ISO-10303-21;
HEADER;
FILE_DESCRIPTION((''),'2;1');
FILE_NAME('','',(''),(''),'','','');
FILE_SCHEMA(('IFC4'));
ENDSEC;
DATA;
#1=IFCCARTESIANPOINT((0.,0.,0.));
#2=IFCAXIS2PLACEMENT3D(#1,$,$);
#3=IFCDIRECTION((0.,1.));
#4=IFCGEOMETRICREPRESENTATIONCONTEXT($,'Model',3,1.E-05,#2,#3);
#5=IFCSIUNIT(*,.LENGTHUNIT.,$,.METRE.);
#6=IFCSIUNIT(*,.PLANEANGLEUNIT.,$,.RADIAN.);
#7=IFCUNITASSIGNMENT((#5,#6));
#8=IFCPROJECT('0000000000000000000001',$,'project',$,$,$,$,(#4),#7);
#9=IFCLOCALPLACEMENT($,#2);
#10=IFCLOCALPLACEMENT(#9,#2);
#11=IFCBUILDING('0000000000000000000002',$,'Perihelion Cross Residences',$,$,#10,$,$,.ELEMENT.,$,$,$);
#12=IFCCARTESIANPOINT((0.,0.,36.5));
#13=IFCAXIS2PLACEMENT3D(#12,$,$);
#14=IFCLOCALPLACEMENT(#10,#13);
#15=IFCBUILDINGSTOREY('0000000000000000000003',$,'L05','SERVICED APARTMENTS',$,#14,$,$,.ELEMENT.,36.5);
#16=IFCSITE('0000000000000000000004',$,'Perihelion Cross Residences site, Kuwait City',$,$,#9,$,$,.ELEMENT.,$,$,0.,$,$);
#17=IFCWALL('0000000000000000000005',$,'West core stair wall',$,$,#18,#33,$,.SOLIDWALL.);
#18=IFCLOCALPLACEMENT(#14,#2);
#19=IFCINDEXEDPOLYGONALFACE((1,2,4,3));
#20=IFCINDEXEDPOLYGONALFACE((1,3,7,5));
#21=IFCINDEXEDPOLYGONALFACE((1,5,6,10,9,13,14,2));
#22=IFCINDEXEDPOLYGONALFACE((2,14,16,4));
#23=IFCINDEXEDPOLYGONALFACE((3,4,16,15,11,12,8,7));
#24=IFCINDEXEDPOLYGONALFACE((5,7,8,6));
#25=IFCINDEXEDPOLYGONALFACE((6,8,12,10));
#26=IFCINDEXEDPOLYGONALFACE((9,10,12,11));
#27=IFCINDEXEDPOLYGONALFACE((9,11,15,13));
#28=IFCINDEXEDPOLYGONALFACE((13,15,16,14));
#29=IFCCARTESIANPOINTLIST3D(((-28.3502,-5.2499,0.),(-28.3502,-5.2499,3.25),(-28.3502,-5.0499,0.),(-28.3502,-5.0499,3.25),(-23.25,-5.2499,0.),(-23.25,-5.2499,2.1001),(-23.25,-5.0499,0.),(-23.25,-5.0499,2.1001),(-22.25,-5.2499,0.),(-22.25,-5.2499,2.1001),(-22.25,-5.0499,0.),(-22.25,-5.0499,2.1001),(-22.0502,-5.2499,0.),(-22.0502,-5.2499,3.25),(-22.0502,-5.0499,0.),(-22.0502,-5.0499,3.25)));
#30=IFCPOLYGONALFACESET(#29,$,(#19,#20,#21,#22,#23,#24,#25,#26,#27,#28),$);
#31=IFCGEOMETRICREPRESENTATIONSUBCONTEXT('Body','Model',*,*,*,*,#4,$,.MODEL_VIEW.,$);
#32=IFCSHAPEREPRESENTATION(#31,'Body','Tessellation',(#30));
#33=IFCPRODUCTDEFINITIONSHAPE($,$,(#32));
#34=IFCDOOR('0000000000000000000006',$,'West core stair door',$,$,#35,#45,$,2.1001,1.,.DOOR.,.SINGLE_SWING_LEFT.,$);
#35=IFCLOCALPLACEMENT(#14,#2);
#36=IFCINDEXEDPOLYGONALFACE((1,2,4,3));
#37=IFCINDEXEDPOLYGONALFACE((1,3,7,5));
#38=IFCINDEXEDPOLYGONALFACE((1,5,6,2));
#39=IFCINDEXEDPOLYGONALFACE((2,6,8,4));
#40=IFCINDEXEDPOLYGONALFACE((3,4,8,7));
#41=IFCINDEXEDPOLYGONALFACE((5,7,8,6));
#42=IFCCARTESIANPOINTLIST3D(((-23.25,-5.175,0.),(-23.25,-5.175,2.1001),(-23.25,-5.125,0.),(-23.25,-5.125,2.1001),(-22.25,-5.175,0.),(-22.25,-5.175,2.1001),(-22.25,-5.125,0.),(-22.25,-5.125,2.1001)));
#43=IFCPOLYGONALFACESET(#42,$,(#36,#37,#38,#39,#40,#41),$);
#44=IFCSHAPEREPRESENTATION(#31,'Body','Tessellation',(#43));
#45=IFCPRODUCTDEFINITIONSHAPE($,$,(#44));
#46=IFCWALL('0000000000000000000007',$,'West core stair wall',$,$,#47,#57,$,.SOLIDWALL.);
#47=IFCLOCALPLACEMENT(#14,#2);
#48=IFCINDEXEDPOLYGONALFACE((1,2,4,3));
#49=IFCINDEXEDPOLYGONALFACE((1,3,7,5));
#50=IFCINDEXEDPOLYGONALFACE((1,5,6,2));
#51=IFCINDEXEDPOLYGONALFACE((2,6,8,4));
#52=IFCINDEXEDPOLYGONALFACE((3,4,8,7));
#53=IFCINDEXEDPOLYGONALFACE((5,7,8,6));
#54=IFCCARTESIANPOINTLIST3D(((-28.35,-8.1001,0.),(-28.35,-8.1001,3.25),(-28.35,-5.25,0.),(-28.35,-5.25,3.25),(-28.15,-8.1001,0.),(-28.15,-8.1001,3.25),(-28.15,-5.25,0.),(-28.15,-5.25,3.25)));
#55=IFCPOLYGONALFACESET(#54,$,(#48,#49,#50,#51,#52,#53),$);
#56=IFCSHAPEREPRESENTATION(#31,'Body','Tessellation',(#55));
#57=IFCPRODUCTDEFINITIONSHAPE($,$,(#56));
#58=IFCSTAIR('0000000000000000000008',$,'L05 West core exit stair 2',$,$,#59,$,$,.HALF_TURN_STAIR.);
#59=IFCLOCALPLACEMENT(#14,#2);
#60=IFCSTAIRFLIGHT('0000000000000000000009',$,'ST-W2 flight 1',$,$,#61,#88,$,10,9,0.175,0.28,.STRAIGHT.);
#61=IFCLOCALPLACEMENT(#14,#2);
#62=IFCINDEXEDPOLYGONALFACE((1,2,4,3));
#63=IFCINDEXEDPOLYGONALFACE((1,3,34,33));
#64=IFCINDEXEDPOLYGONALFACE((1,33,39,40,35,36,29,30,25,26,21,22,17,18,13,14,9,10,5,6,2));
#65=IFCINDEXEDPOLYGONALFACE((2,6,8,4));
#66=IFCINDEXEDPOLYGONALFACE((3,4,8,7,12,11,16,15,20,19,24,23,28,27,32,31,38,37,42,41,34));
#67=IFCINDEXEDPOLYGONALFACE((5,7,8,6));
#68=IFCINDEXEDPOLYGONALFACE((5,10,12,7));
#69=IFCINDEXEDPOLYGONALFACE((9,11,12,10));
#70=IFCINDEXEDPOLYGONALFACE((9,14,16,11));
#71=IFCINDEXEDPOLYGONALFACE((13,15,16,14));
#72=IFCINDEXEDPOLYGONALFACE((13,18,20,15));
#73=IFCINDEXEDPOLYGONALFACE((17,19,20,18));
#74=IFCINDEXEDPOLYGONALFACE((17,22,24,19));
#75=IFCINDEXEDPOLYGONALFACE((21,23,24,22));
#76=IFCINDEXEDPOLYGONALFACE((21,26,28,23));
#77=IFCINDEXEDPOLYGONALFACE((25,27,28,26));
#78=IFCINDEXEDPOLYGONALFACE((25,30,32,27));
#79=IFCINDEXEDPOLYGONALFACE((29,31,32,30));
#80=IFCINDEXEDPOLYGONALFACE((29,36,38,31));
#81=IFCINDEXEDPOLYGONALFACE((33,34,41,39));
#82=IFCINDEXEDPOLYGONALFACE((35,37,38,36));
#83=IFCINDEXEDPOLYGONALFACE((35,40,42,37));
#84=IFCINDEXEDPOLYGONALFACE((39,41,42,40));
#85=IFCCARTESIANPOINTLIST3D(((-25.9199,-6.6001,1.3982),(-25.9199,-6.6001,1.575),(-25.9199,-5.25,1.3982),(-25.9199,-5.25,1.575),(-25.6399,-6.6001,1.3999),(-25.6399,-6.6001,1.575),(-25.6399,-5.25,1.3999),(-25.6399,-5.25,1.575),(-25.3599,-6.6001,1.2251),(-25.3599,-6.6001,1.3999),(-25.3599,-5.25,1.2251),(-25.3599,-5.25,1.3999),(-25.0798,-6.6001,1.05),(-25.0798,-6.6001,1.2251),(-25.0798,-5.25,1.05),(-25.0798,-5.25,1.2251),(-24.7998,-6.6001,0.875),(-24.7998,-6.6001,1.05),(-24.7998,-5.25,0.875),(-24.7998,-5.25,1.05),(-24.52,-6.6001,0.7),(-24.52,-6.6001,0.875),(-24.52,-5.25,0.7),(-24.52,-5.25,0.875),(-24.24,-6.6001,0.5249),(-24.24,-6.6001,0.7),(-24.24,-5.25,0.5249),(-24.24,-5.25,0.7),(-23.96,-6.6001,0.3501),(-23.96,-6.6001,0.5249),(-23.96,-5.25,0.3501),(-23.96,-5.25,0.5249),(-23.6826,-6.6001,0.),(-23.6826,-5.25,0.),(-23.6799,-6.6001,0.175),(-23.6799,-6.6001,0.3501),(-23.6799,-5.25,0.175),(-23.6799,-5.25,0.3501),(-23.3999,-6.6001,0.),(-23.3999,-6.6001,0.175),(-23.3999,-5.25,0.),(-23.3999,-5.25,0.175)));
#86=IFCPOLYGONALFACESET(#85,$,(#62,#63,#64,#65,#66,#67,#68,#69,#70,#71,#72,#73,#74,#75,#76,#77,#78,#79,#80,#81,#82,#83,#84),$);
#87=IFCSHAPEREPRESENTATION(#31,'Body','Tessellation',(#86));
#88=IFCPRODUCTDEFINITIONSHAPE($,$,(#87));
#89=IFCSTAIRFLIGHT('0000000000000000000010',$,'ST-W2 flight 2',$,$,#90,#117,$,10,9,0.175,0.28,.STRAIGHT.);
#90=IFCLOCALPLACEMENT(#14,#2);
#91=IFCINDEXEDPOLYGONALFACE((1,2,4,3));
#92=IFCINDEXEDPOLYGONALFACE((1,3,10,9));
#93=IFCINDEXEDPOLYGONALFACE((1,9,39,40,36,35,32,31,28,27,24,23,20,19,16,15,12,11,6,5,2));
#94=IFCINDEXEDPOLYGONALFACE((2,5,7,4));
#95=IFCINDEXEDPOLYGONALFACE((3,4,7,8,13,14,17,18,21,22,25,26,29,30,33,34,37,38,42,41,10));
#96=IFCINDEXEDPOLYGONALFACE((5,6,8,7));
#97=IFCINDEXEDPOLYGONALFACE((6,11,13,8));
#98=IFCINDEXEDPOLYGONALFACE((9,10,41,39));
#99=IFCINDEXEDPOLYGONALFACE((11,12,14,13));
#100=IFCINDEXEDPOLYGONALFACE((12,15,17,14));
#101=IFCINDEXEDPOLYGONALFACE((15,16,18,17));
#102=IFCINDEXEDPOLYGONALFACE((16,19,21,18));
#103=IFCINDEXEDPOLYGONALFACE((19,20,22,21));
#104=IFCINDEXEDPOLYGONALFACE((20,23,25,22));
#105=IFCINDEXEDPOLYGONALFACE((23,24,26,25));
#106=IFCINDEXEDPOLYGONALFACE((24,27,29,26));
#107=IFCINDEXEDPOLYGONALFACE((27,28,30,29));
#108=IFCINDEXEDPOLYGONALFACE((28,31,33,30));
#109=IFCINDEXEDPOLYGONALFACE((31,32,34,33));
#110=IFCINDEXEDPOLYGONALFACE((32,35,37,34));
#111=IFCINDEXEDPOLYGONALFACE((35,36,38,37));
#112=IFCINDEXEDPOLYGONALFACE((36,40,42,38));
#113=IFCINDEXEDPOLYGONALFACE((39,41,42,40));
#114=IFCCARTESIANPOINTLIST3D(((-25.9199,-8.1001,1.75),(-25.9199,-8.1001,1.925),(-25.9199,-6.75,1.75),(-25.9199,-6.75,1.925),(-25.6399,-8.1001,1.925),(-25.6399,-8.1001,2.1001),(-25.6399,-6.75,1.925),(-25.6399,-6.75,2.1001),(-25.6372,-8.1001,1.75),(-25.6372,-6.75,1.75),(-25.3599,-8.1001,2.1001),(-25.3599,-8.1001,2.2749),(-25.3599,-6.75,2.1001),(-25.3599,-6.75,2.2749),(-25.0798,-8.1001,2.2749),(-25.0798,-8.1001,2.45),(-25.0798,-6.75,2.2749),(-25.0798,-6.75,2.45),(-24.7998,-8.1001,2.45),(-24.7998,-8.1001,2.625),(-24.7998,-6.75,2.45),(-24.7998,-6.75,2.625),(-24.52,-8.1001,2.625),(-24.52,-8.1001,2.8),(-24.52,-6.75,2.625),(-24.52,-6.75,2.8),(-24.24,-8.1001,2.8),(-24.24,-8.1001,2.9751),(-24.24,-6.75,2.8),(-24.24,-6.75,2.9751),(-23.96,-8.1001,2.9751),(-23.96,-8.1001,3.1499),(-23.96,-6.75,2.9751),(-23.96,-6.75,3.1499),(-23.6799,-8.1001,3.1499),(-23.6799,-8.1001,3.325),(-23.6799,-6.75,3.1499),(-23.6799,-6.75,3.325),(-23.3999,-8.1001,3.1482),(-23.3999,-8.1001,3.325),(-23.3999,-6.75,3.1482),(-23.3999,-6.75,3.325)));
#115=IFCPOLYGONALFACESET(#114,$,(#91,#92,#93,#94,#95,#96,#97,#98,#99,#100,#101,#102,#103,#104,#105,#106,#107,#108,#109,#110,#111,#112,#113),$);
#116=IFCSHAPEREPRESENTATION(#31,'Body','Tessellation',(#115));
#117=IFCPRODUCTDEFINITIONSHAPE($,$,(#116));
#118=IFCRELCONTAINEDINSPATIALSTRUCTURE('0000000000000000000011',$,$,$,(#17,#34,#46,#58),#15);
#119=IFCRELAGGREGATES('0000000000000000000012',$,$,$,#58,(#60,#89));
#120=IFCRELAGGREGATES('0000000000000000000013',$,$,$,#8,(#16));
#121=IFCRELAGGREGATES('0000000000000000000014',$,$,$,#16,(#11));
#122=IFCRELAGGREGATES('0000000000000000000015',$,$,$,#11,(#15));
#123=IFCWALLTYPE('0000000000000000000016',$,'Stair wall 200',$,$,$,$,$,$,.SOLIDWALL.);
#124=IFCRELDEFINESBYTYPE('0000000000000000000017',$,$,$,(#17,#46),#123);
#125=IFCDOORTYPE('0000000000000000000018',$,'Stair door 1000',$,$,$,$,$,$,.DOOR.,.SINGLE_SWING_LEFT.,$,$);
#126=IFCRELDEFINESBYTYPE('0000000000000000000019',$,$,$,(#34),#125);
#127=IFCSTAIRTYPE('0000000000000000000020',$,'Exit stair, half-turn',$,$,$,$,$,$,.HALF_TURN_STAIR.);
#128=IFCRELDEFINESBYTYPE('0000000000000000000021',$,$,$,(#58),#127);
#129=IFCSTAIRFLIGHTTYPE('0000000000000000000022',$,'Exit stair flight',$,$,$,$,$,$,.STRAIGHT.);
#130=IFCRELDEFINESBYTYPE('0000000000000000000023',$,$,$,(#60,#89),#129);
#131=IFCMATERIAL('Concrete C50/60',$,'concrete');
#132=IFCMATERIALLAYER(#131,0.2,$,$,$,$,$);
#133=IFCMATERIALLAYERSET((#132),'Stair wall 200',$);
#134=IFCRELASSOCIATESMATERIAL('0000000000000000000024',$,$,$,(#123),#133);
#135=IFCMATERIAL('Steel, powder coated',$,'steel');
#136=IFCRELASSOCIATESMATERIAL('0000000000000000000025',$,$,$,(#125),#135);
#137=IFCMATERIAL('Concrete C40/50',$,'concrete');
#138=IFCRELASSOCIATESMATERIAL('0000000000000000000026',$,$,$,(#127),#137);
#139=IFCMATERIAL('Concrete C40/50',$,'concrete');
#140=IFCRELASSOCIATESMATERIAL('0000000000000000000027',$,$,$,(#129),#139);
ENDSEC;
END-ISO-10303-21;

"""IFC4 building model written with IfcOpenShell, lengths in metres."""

from ifc_helpers import new_model, si_unit, direction, frame, frame_2d, origin, place, context, subcontext, project, spatial, polyline, rectangle, outline, extrude, material, layer, layer_set, type_object, element, fill, aggregate, save


model = new_model("IFC4")

# Units and contexts
model_context = context("Model", 3, precision=1e-05, world=origin(), true_north=direction((0.0, 1.0)))
body_context = subcontext(model_context, "Body", "Model", "MODEL_VIEW")
ifc_project = project(units=[si_unit("LENGTHUNIT", "METRE"), si_unit("PLANEANGLEUNIT", "RADIAN")], contexts=[model_context])

# Site, building, storey
site_placement = place(None, origin())
site = spatial("IfcSite", under=ifc_project, at=site_placement, Name="Perihelion Cross Residences site, Kuwait City", CompositionType="ELEMENT", RefElevation=0.0)
building_placement = place(site_placement, origin())
building = spatial("IfcBuilding", under=site, at=building_placement, Name="Perihelion Cross Residences", CompositionType="ELEMENT")
storey_placement = place(building_placement, frame((0.0, 0.0, 36.5)))
storey = spatial("IfcBuildingStorey", under=building, at=storey_placement, Name="L05", Description="SERVICED APARTMENTS", CompositionType="ELEMENT", Elevation=36.5)

# Wall, opening, door
ifc_material_1 = material(Name="Concrete C50/60", Category="concrete")
ifc_layer_1 = layer(ifc_material_1, 0.2)
ifc_layer_set_1 = layer_set([ifc_layer_1], Name="Stair wall 200")
wall_type_1 = type_object("IfcWallType", Name="Stair wall 200", PredefinedType="SOLIDWALL", material=ifc_layer_set_1)
wall_1_placement = place(storey_placement, frame((-28.3501, -5.1499, 0.0), z_axis=(0.0, 0.0, 1.0), x_axis=(1.0, 0.0, 0.0)))
wall_1 = element("IfcWall", 1, at=wall_1_placement, inside=storey, type_object=wall_type_1, Name="West core stair wall", PredefinedType="SOLIDWALL", context=body_context, shape_type="SweptSolid", body=[
    extrude(rectangle(XDim=6.3, YDim=0.2, at=frame_2d((3.1499, 0.0))), origin(), (0.0, 0.0, 1.0), 3.25),
])
opening_1_placement = place(wall_1_placement, frame((5.1001, 0.0, 0.0)))
opening_1 = element("IfcOpeningElement", 2, at=opening_1_placement, cuts=wall_1, PredefinedType="OPENING", context=body_context, shape_type="SweptSolid", body=[
    extrude(rectangle(XDim=1.0, YDim=2.1001, at=frame_2d((0.5, 1.05))), frame((0.0, 0.1099, 0.0), z_axis=(0.0, -1.0, 0.0), x_axis=(1.0, 0.0, 0.0)), (0.0, 0.0, 1.0), 0.22),
])
ifc_material_2 = material(Name="Steel, powder coated", Category="steel")
door_type_1 = type_object("IfcDoorType", Name="Stair door 1000", OperationType="SINGLE_SWING_LEFT", PredefinedType="DOOR", material=ifc_material_2)
door_1_placement = place(opening_1_placement, origin())
door_1 = element("IfcDoor", 3, at=door_1_placement, inside=storey, type_object=door_type_1, Name="West core stair door", OperationType="SINGLE_SWING_LEFT", OverallHeight=2.1001, OverallWidth=1.0, PredefinedType="DOOR", context=body_context, shape_type="SweptSolid", body=[
    extrude(rectangle(XDim=1.0, YDim=2.1001, at=frame_2d((0.5, 1.05))), frame((0.0, 0.0249, 0.0), z_axis=(0.0, -1.0, 0.0), x_axis=(1.0, 0.0, 0.0)), (0.0, 0.0, 1.0), 0.05),
])
fill(opening_1, door_1)

# Wall
wall_2_placement = place(storey_placement, frame((-28.25, -8.1001, 0.0), z_axis=(0.0, 0.0, 1.0), x_axis=(0.0, 1.0, 0.0)))
element("IfcWall", 4, at=wall_2_placement, inside=storey, type_object=wall_type_1, Name="West core stair wall", PredefinedType="SOLIDWALL", context=body_context, shape_type="SweptSolid", body=[
    extrude(rectangle(XDim=2.8501, YDim=0.2, at=frame_2d((1.425, 0.0))), origin(), (0.0, 0.0, 1.0), 3.25),
])

# Stair, stair flights
ifc_material_3 = material(Name="Concrete C40/50", Category="concrete")
stair_type = type_object("IfcStairType", Name="Exit stair, half-turn", PredefinedType="HALF_TURN_STAIR", material=ifc_material_3)
stair_placement = place(storey_placement, origin())
stair = element("IfcStair", 5, at=stair_placement, inside=storey, type_object=stair_type, Name="L05 West core exit stair 2", PredefinedType="HALF_TURN_STAIR")
ifc_material_4 = material(Name="Concrete C40/50", Category="concrete")
stair_flight_type = type_object("IfcStairFlightType", Name="Exit stair flight", PredefinedType="STRAIGHT", material=ifc_material_4)
stair_flight_1_placement = place(storey_placement, frame((-23.3999, -5.925, 0.0), z_axis=(0.0, 0.0, 1.0), x_axis=(-1.0, 0.0, 0.0)))
stair_flight_1 = element("IfcStairFlight", 6, at=stair_flight_1_placement, type_object=stair_flight_type, Name="ST-W2 flight 1", NumberOfRisers=10, NumberOfTreads=9, PredefinedType="STRAIGHT", RiserHeight=0.175, TreadLength=0.28, context=body_context, shape_type="SweptSolid", body=[
    extrude(outline(polyline([(0.0, 0.0), (0.0, 0.175), (0.28, 0.175), (0.28, 0.3501), (0.5601, 0.3501), (0.5601, 0.5249), (0.8401, 0.5249), (0.8401, 0.7), (1.1201, 0.7), (1.1201, 0.875), (1.3999, 0.875), (1.3999, 1.05), (1.6799, 1.05), (1.6799, 1.2251), (1.96, 1.2251), (1.96, 1.3999), (2.24, 1.3999), (2.24, 1.575), (2.52, 1.575), (2.52, 1.75), (2.52, 1.3982), (0.2827, 0.0), (0.0, 0.0)])), frame((0.0, 0.675, 0.0), z_axis=(0.0, -1.0, 0.0), x_axis=(1.0, 0.0, 0.0)), (0.0, 0.0, 1.0), 1.3501),
])
stair_flight_2_placement = place(storey_placement, frame((-25.9199, -7.425, 1.75), z_axis=(0.0, 0.0, 1.0), x_axis=(1.0, 0.0, 0.0)))
stair_flight_2 = element("IfcStairFlight", 7, at=stair_flight_2_placement, type_object=stair_flight_type, Name="ST-W2 flight 2", NumberOfRisers=10, NumberOfTreads=9, PredefinedType="STRAIGHT", RiserHeight=0.175, TreadLength=0.28, context=body_context, shape_type="SweptSolid", body=[
    extrude(outline(polyline([(0.0, 0.0), (0.0, 0.175), (0.28, 0.175), (0.28, 0.3501), (0.5601, 0.3501), (0.5601, 0.5249), (0.8401, 0.5249), (0.8401, 0.7), (1.1201, 0.7), (1.1201, 0.875), (1.3999, 0.875), (1.3999, 1.05), (1.6799, 1.05), (1.6799, 1.2251), (1.96, 1.2251), (1.96, 1.3999), (2.24, 1.3999), (2.24, 1.575), (2.52, 1.575), (2.52, 1.75), (2.52, 1.3982), (0.2827, 0.0), (0.0, 0.0)])), frame((0.0, 0.675, 0.0), z_axis=(0.0, -1.0, 0.0), x_axis=(1.0, 0.0, 0.0)), (0.0, 0.0, 1.0), 1.3501),
])
aggregate(stair, [stair_flight_1, stair_flight_2])

save(model, "model.ifc")
